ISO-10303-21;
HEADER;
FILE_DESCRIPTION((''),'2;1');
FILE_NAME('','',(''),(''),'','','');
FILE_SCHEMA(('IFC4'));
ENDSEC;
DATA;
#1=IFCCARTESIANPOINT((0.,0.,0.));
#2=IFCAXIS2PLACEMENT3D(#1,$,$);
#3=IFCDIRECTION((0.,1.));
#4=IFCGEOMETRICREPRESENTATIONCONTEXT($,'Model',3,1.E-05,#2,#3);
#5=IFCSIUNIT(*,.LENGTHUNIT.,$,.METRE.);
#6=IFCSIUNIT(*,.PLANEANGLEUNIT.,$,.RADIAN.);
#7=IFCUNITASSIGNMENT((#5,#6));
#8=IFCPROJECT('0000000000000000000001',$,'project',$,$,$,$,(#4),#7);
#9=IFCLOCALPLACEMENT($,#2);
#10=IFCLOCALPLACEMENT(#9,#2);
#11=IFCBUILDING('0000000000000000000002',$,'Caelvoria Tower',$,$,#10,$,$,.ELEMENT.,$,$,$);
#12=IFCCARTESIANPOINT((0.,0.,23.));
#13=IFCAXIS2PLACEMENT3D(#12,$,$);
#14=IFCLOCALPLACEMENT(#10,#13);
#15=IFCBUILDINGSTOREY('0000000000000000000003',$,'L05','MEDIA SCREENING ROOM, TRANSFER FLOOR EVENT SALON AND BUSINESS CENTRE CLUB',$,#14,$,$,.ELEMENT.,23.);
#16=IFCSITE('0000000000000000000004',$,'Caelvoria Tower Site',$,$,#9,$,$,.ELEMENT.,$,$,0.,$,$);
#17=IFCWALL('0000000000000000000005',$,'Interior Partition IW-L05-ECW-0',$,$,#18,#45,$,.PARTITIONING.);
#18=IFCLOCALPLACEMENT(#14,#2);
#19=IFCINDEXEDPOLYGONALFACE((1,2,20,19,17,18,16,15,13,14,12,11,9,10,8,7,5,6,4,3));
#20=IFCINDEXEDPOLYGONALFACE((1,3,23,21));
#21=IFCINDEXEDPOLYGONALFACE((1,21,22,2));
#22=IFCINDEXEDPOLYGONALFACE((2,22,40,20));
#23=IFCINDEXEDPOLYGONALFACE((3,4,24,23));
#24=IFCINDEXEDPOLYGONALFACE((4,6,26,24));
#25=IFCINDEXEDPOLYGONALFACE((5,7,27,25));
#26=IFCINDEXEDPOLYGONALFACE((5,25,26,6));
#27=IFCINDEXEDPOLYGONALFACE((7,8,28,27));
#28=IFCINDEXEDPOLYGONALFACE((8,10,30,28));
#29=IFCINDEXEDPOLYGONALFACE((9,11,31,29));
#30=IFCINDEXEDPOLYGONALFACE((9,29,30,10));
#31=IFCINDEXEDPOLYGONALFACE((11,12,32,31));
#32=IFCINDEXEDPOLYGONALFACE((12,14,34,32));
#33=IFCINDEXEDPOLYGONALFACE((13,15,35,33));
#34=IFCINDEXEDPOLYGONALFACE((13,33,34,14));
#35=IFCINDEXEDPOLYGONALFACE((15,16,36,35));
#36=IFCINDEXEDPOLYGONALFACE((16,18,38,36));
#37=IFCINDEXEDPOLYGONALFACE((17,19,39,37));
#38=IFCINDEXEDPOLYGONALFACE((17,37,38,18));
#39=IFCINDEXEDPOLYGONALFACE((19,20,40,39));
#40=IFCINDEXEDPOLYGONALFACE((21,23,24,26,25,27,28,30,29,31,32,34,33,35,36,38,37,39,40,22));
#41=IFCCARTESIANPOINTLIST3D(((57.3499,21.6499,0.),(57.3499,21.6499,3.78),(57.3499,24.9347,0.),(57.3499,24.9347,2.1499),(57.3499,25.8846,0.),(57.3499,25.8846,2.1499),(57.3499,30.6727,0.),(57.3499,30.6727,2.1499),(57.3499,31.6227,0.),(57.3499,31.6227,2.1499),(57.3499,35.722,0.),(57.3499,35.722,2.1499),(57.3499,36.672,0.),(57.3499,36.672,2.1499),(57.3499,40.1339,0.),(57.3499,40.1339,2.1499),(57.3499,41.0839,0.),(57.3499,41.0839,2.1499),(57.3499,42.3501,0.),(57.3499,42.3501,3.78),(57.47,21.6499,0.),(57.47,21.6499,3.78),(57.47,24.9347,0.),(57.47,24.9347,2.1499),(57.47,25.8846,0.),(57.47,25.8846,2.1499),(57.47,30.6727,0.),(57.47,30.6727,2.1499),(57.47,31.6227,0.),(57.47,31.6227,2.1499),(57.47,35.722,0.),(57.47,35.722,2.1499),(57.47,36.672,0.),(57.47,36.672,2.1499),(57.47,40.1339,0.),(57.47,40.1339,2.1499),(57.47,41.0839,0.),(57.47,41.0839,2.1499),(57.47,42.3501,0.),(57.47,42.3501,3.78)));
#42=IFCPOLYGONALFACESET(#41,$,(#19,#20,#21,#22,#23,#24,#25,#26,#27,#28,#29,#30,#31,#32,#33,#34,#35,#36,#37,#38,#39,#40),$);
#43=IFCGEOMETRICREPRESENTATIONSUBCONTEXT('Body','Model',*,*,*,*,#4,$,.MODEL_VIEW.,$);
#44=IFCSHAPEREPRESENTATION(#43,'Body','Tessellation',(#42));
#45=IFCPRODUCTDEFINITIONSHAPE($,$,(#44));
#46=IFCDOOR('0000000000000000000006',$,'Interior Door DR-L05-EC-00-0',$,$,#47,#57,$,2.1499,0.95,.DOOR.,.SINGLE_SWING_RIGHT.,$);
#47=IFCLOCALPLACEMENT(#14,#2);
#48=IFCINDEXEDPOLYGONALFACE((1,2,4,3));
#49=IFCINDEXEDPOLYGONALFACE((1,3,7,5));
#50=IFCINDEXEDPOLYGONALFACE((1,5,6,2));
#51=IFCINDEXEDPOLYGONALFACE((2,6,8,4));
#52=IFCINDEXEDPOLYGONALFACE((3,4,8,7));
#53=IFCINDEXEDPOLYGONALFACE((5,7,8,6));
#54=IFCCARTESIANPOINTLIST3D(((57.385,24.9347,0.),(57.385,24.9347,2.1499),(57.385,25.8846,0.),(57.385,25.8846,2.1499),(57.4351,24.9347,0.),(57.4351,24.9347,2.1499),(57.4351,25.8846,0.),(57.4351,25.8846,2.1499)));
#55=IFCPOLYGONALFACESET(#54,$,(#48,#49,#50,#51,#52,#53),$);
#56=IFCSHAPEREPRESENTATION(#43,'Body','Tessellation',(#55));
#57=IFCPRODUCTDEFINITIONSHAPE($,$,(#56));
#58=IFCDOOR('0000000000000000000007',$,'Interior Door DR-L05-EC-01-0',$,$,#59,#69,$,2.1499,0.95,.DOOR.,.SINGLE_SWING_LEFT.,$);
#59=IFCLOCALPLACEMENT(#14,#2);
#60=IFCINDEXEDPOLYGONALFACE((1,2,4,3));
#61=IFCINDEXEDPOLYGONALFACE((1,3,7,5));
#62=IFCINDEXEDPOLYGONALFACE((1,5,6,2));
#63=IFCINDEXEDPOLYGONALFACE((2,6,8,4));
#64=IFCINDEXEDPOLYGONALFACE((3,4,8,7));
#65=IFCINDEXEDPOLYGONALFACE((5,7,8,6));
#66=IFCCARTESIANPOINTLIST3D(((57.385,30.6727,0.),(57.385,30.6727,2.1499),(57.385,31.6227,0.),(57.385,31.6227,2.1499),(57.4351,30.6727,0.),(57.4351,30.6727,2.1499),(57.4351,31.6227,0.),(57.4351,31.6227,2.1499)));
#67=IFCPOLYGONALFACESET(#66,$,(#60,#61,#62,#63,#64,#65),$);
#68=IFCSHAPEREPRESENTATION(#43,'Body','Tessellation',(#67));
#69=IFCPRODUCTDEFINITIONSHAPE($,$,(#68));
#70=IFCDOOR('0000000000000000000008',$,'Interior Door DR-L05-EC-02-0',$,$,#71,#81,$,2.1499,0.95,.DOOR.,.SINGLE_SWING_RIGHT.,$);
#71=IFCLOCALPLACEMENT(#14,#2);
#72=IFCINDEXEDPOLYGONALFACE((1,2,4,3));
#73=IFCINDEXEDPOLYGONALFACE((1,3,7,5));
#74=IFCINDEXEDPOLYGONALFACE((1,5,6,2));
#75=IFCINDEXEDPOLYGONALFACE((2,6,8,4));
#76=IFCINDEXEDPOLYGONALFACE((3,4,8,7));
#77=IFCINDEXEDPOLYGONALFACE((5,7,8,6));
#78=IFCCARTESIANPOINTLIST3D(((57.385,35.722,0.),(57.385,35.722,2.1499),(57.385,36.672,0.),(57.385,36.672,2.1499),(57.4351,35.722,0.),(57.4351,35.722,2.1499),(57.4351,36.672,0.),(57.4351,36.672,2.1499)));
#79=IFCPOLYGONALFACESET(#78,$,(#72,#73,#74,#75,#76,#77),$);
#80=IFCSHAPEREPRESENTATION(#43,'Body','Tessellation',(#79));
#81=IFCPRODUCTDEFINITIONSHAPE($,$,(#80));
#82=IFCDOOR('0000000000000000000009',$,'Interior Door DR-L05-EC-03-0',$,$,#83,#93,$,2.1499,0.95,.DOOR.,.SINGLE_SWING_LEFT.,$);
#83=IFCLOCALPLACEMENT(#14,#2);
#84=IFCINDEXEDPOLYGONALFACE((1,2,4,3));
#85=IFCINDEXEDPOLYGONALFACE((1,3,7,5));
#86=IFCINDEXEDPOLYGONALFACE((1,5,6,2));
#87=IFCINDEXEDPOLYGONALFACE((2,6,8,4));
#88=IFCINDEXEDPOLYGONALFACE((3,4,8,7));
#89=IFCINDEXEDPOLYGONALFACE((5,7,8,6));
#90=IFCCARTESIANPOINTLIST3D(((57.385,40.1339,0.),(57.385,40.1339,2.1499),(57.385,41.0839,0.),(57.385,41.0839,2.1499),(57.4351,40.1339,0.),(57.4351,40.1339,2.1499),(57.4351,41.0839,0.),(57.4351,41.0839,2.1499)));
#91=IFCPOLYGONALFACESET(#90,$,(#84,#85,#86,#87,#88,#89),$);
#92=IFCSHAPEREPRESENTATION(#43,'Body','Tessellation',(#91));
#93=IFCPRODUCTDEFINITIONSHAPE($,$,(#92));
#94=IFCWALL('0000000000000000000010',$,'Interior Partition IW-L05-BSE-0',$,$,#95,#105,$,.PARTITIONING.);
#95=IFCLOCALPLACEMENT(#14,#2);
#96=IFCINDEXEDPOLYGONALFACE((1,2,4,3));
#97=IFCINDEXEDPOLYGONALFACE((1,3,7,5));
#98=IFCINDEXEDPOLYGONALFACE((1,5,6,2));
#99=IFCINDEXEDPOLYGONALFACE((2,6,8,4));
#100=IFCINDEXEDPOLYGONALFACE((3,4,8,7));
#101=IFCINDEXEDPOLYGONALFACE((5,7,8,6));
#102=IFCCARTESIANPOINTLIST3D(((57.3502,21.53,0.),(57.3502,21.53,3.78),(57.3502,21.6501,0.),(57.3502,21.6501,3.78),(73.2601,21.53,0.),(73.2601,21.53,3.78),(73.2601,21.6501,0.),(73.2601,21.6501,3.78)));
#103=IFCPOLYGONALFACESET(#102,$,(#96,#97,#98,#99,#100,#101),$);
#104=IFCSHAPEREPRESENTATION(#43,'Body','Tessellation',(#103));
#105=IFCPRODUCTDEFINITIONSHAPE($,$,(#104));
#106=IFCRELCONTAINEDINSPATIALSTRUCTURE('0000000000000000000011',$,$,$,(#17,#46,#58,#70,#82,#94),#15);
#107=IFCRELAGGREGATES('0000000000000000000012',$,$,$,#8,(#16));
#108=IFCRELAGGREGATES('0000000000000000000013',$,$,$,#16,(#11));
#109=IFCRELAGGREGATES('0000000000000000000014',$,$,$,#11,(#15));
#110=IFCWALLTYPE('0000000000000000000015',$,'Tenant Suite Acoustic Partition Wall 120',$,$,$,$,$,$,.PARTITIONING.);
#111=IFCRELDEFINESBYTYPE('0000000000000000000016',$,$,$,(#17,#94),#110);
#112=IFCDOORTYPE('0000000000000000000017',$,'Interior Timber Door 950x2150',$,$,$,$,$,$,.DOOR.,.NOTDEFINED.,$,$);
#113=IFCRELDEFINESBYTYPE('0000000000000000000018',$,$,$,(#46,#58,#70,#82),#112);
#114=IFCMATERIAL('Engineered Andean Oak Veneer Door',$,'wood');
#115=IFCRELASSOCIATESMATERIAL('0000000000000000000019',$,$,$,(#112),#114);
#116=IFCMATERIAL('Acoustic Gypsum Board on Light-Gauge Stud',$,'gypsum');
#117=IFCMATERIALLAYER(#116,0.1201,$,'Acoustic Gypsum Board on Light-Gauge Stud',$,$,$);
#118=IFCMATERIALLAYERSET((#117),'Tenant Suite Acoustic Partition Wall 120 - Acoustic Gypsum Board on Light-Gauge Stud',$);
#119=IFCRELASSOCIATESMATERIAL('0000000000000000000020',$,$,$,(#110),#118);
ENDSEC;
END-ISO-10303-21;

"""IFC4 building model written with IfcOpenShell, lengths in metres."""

from ifc_helpers import new_model, si_unit, direction, frame, frame_2d, origin, place, context, subcontext, project, spatial, rectangle, extrude, material, layer, layer_set, type_object, element, fill, save


model = new_model("IFC4")

# Units and contexts
model_context = context("Model", 3, precision=1e-05, world=origin(), true_north=direction((0.0, 1.0)))
body_context = subcontext(model_context, "Body", "Model", "MODEL_VIEW")
ifc_project = project(units=[si_unit("LENGTHUNIT", "METRE"), si_unit("PLANEANGLEUNIT", "RADIAN")], contexts=[model_context])

# Site, building, storey
site_placement = place(None, origin())
site = spatial("IfcSite", under=ifc_project, at=site_placement, Name="Caelvoria Tower Site", CompositionType="ELEMENT", RefElevation=0.0)
building_placement = place(site_placement, origin())
building = spatial("IfcBuilding", under=site, at=building_placement, Name="Caelvoria Tower", CompositionType="ELEMENT")
storey_placement = place(building_placement, frame((0.0, 0.0, 23.0)))
storey = spatial("IfcBuildingStorey", under=building, at=storey_placement, Name="L05", Description="MEDIA SCREENING ROOM, TRANSFER FLOOR EVENT SALON AND BUSINESS CENTRE CLUB", CompositionType="ELEMENT", Elevation=23.0)

# Shared definitions
ifc_material_1 = material(Name="Engineered Andean Oak Veneer Door", Category="wood")
door_type_1 = type_object("IfcDoorType", Name="Interior Timber Door 950x2150", OperationType="NOTDEFINED", PredefinedType="DOOR", material=ifc_material_1)

# Shared definitions
ifc_material_2 = material(Name="Acoustic Gypsum Board on Light-Gauge Stud", Category="gypsum")
ifc_layer_1 = layer(ifc_material_2, 0.1201, Name="Acoustic Gypsum Board on Light-Gauge Stud")
ifc_layer_set_1 = layer_set([ifc_layer_1], Name="Tenant Suite Acoustic Partition Wall 120 - Acoustic Gypsum Board on Light-Gauge Stud")
wall_type_1 = type_object("IfcWallType", Name="Tenant Suite Acoustic Partition Wall 120", PredefinedType="PARTITIONING", material=ifc_layer_set_1)

# Wall, openings, doors
wall_1_placement = place(storey_placement, frame((57.4099, 21.6499, 0.0), z_axis=(0.0, 0.0, 1.0), x_axis=(0.0, 1.0, 0.0)))
wall_1 = element("IfcWall", 1, at=wall_1_placement, inside=storey, type_object=wall_type_1, Name="Interior Partition IW-L05-ECW-0", PredefinedType="PARTITIONING", context=body_context, shape_type="SweptSolid", body=[
    extrude(rectangle(XDim=20.7002, YDim=0.1201, at=frame_2d((10.3501, 0.0))), origin(), (0.0, 0.0, 1.0), 3.78),
])
opening_1_placement = place(wall_1_placement, frame((3.2847, 0.0, 0.0)))
opening_1 = element("IfcOpeningElement", 2, at=opening_1_placement, cuts=wall_1, PredefinedType="OPENING", context=body_context, shape_type="SweptSolid", body=[
    extrude(rectangle(XDim=0.95, YDim=2.1499, at=frame_2d((0.4751, 1.075))), frame((0.0, 0.0701, 0.0), z_axis=(0.0, -1.0, 0.0), x_axis=(1.0, 0.0, 0.0)), (0.0, 0.0, 1.0), 0.1401),
])
opening_2_placement = place(wall_1_placement, frame((9.0227, 0.0, 0.0)))
opening_2 = element("IfcOpeningElement", 3, at=opening_2_placement, cuts=wall_1, PredefinedType="OPENING", context=body_context, shape_type="SweptSolid", body=[
    extrude(rectangle(XDim=0.95, YDim=2.1499, at=frame_2d((0.4751, 1.075))), frame((0.0, 0.0701, 0.0), z_axis=(0.0, -1.0, 0.0), x_axis=(1.0, 0.0, 0.0)), (0.0, 0.0, 1.0), 0.1401),
])
opening_3_placement = place(wall_1_placement, frame((14.072, 0.0, 0.0)))
opening_3 = element("IfcOpeningElement", 4, at=opening_3_placement, cuts=wall_1, PredefinedType="OPENING", context=body_context, shape_type="SweptSolid", body=[
    extrude(rectangle(XDim=0.95, YDim=2.1499, at=frame_2d((0.4751, 1.075))), frame((0.0, 0.0701, 0.0), z_axis=(0.0, -1.0, 0.0), x_axis=(1.0, 0.0, 0.0)), (0.0, 0.0, 1.0), 0.1401),
])
opening_4_placement = place(wall_1_placement, frame((18.4839, 0.0, 0.0)))
opening_4 = element("IfcOpeningElement", 5, at=opening_4_placement, cuts=wall_1, PredefinedType="OPENING", context=body_context, shape_type="SweptSolid", body=[
    extrude(rectangle(XDim=0.95, YDim=2.1499, at=frame_2d((0.4751, 1.075))), frame((0.0, 0.0701, 0.0), z_axis=(0.0, -1.0, 0.0), x_axis=(1.0, 0.0, 0.0)), (0.0, 0.0, 1.0), 0.1401),
])
door_1_placement = place(opening_1_placement, origin())
door_1 = element("IfcDoor", 6, at=door_1_placement, inside=storey, type_object=door_type_1, Name="Interior Door DR-L05-EC-00-0", OperationType="SINGLE_SWING_RIGHT", OverallHeight=2.1499, OverallWidth=0.95, PredefinedType="DOOR", context=body_context, shape_type="SweptSolid", body=[
    extrude(rectangle(XDim=0.95, YDim=2.1499, at=frame_2d((0.4751, 1.075))), frame((0.0, 0.0249, 0.0), z_axis=(0.0, -1.0, 0.0), x_axis=(1.0, 0.0, 0.0)), (0.0, 0.0, 1.0), 0.05),
])
fill(opening_1, door_1)
door_2_placement = place(opening_2_placement, origin())
door_2 = element("IfcDoor", 7, at=door_2_placement, inside=storey, type_object=door_type_1, Name="Interior Door DR-L05-EC-01-0", OperationType="SINGLE_SWING_LEFT", OverallHeight=2.1499, OverallWidth=0.95, PredefinedType="DOOR", context=body_context, shape_type="SweptSolid", body=[
    extrude(rectangle(XDim=0.95, YDim=2.1499, at=frame_2d((0.4751, 1.075))), frame((0.0, 0.0249, 0.0), z_axis=(0.0, -1.0, 0.0), x_axis=(1.0, 0.0, 0.0)), (0.0, 0.0, 1.0), 0.05),
])
fill(opening_2, door_2)
door_3_placement = place(opening_3_placement, origin())
door_3 = element("IfcDoor", 8, at=door_3_placement, inside=storey, type_object=door_type_1, Name="Interior Door DR-L05-EC-02-0", OperationType="SINGLE_SWING_RIGHT", OverallHeight=2.1499, OverallWidth=0.95, PredefinedType="DOOR", context=body_context, shape_type="SweptSolid", body=[
    extrude(rectangle(XDim=0.95, YDim=2.1499, at=frame_2d((0.4751, 1.075))), frame((0.0, 0.0249, 0.0), z_axis=(0.0, -1.0, 0.0), x_axis=(1.0, 0.0, 0.0)), (0.0, 0.0, 1.0), 0.05),
])
fill(opening_3, door_3)
door_4_placement = place(opening_4_placement, origin())
door_4 = element("IfcDoor", 9, at=door_4_placement, inside=storey, type_object=door_type_1, Name="Interior Door DR-L05-EC-03-0", OperationType="SINGLE_SWING_LEFT", OverallHeight=2.1499, OverallWidth=0.95, PredefinedType="DOOR", context=body_context, shape_type="SweptSolid", body=[
    extrude(rectangle(XDim=0.95, YDim=2.1499, at=frame_2d((0.4751, 1.075))), frame((0.0, 0.0249, 0.0), z_axis=(0.0, -1.0, 0.0), x_axis=(1.0, 0.0, 0.0)), (0.0, 0.0, 1.0), 0.05),
])
fill(opening_4, door_4)

# Wall
wall_2_placement = place(storey_placement, frame((57.3501, 21.5901, 0.0), z_axis=(0.0, 0.0, 1.0), x_axis=(1.0, 0.0, 0.0)))
element("IfcWall", 10, at=wall_2_placement, inside=storey, type_object=wall_type_1, Name="Interior Partition IW-L05-BSE-0", PredefinedType="PARTITIONING", context=body_context, shape_type="SweptSolid", body=[
    extrude(rectangle(XDim=15.9099, YDim=0.1201, at=frame_2d((7.9551, 0.0))), origin(), (0.0, 0.0, 1.0), 3.78),
])

save(model, "model.ifc")
